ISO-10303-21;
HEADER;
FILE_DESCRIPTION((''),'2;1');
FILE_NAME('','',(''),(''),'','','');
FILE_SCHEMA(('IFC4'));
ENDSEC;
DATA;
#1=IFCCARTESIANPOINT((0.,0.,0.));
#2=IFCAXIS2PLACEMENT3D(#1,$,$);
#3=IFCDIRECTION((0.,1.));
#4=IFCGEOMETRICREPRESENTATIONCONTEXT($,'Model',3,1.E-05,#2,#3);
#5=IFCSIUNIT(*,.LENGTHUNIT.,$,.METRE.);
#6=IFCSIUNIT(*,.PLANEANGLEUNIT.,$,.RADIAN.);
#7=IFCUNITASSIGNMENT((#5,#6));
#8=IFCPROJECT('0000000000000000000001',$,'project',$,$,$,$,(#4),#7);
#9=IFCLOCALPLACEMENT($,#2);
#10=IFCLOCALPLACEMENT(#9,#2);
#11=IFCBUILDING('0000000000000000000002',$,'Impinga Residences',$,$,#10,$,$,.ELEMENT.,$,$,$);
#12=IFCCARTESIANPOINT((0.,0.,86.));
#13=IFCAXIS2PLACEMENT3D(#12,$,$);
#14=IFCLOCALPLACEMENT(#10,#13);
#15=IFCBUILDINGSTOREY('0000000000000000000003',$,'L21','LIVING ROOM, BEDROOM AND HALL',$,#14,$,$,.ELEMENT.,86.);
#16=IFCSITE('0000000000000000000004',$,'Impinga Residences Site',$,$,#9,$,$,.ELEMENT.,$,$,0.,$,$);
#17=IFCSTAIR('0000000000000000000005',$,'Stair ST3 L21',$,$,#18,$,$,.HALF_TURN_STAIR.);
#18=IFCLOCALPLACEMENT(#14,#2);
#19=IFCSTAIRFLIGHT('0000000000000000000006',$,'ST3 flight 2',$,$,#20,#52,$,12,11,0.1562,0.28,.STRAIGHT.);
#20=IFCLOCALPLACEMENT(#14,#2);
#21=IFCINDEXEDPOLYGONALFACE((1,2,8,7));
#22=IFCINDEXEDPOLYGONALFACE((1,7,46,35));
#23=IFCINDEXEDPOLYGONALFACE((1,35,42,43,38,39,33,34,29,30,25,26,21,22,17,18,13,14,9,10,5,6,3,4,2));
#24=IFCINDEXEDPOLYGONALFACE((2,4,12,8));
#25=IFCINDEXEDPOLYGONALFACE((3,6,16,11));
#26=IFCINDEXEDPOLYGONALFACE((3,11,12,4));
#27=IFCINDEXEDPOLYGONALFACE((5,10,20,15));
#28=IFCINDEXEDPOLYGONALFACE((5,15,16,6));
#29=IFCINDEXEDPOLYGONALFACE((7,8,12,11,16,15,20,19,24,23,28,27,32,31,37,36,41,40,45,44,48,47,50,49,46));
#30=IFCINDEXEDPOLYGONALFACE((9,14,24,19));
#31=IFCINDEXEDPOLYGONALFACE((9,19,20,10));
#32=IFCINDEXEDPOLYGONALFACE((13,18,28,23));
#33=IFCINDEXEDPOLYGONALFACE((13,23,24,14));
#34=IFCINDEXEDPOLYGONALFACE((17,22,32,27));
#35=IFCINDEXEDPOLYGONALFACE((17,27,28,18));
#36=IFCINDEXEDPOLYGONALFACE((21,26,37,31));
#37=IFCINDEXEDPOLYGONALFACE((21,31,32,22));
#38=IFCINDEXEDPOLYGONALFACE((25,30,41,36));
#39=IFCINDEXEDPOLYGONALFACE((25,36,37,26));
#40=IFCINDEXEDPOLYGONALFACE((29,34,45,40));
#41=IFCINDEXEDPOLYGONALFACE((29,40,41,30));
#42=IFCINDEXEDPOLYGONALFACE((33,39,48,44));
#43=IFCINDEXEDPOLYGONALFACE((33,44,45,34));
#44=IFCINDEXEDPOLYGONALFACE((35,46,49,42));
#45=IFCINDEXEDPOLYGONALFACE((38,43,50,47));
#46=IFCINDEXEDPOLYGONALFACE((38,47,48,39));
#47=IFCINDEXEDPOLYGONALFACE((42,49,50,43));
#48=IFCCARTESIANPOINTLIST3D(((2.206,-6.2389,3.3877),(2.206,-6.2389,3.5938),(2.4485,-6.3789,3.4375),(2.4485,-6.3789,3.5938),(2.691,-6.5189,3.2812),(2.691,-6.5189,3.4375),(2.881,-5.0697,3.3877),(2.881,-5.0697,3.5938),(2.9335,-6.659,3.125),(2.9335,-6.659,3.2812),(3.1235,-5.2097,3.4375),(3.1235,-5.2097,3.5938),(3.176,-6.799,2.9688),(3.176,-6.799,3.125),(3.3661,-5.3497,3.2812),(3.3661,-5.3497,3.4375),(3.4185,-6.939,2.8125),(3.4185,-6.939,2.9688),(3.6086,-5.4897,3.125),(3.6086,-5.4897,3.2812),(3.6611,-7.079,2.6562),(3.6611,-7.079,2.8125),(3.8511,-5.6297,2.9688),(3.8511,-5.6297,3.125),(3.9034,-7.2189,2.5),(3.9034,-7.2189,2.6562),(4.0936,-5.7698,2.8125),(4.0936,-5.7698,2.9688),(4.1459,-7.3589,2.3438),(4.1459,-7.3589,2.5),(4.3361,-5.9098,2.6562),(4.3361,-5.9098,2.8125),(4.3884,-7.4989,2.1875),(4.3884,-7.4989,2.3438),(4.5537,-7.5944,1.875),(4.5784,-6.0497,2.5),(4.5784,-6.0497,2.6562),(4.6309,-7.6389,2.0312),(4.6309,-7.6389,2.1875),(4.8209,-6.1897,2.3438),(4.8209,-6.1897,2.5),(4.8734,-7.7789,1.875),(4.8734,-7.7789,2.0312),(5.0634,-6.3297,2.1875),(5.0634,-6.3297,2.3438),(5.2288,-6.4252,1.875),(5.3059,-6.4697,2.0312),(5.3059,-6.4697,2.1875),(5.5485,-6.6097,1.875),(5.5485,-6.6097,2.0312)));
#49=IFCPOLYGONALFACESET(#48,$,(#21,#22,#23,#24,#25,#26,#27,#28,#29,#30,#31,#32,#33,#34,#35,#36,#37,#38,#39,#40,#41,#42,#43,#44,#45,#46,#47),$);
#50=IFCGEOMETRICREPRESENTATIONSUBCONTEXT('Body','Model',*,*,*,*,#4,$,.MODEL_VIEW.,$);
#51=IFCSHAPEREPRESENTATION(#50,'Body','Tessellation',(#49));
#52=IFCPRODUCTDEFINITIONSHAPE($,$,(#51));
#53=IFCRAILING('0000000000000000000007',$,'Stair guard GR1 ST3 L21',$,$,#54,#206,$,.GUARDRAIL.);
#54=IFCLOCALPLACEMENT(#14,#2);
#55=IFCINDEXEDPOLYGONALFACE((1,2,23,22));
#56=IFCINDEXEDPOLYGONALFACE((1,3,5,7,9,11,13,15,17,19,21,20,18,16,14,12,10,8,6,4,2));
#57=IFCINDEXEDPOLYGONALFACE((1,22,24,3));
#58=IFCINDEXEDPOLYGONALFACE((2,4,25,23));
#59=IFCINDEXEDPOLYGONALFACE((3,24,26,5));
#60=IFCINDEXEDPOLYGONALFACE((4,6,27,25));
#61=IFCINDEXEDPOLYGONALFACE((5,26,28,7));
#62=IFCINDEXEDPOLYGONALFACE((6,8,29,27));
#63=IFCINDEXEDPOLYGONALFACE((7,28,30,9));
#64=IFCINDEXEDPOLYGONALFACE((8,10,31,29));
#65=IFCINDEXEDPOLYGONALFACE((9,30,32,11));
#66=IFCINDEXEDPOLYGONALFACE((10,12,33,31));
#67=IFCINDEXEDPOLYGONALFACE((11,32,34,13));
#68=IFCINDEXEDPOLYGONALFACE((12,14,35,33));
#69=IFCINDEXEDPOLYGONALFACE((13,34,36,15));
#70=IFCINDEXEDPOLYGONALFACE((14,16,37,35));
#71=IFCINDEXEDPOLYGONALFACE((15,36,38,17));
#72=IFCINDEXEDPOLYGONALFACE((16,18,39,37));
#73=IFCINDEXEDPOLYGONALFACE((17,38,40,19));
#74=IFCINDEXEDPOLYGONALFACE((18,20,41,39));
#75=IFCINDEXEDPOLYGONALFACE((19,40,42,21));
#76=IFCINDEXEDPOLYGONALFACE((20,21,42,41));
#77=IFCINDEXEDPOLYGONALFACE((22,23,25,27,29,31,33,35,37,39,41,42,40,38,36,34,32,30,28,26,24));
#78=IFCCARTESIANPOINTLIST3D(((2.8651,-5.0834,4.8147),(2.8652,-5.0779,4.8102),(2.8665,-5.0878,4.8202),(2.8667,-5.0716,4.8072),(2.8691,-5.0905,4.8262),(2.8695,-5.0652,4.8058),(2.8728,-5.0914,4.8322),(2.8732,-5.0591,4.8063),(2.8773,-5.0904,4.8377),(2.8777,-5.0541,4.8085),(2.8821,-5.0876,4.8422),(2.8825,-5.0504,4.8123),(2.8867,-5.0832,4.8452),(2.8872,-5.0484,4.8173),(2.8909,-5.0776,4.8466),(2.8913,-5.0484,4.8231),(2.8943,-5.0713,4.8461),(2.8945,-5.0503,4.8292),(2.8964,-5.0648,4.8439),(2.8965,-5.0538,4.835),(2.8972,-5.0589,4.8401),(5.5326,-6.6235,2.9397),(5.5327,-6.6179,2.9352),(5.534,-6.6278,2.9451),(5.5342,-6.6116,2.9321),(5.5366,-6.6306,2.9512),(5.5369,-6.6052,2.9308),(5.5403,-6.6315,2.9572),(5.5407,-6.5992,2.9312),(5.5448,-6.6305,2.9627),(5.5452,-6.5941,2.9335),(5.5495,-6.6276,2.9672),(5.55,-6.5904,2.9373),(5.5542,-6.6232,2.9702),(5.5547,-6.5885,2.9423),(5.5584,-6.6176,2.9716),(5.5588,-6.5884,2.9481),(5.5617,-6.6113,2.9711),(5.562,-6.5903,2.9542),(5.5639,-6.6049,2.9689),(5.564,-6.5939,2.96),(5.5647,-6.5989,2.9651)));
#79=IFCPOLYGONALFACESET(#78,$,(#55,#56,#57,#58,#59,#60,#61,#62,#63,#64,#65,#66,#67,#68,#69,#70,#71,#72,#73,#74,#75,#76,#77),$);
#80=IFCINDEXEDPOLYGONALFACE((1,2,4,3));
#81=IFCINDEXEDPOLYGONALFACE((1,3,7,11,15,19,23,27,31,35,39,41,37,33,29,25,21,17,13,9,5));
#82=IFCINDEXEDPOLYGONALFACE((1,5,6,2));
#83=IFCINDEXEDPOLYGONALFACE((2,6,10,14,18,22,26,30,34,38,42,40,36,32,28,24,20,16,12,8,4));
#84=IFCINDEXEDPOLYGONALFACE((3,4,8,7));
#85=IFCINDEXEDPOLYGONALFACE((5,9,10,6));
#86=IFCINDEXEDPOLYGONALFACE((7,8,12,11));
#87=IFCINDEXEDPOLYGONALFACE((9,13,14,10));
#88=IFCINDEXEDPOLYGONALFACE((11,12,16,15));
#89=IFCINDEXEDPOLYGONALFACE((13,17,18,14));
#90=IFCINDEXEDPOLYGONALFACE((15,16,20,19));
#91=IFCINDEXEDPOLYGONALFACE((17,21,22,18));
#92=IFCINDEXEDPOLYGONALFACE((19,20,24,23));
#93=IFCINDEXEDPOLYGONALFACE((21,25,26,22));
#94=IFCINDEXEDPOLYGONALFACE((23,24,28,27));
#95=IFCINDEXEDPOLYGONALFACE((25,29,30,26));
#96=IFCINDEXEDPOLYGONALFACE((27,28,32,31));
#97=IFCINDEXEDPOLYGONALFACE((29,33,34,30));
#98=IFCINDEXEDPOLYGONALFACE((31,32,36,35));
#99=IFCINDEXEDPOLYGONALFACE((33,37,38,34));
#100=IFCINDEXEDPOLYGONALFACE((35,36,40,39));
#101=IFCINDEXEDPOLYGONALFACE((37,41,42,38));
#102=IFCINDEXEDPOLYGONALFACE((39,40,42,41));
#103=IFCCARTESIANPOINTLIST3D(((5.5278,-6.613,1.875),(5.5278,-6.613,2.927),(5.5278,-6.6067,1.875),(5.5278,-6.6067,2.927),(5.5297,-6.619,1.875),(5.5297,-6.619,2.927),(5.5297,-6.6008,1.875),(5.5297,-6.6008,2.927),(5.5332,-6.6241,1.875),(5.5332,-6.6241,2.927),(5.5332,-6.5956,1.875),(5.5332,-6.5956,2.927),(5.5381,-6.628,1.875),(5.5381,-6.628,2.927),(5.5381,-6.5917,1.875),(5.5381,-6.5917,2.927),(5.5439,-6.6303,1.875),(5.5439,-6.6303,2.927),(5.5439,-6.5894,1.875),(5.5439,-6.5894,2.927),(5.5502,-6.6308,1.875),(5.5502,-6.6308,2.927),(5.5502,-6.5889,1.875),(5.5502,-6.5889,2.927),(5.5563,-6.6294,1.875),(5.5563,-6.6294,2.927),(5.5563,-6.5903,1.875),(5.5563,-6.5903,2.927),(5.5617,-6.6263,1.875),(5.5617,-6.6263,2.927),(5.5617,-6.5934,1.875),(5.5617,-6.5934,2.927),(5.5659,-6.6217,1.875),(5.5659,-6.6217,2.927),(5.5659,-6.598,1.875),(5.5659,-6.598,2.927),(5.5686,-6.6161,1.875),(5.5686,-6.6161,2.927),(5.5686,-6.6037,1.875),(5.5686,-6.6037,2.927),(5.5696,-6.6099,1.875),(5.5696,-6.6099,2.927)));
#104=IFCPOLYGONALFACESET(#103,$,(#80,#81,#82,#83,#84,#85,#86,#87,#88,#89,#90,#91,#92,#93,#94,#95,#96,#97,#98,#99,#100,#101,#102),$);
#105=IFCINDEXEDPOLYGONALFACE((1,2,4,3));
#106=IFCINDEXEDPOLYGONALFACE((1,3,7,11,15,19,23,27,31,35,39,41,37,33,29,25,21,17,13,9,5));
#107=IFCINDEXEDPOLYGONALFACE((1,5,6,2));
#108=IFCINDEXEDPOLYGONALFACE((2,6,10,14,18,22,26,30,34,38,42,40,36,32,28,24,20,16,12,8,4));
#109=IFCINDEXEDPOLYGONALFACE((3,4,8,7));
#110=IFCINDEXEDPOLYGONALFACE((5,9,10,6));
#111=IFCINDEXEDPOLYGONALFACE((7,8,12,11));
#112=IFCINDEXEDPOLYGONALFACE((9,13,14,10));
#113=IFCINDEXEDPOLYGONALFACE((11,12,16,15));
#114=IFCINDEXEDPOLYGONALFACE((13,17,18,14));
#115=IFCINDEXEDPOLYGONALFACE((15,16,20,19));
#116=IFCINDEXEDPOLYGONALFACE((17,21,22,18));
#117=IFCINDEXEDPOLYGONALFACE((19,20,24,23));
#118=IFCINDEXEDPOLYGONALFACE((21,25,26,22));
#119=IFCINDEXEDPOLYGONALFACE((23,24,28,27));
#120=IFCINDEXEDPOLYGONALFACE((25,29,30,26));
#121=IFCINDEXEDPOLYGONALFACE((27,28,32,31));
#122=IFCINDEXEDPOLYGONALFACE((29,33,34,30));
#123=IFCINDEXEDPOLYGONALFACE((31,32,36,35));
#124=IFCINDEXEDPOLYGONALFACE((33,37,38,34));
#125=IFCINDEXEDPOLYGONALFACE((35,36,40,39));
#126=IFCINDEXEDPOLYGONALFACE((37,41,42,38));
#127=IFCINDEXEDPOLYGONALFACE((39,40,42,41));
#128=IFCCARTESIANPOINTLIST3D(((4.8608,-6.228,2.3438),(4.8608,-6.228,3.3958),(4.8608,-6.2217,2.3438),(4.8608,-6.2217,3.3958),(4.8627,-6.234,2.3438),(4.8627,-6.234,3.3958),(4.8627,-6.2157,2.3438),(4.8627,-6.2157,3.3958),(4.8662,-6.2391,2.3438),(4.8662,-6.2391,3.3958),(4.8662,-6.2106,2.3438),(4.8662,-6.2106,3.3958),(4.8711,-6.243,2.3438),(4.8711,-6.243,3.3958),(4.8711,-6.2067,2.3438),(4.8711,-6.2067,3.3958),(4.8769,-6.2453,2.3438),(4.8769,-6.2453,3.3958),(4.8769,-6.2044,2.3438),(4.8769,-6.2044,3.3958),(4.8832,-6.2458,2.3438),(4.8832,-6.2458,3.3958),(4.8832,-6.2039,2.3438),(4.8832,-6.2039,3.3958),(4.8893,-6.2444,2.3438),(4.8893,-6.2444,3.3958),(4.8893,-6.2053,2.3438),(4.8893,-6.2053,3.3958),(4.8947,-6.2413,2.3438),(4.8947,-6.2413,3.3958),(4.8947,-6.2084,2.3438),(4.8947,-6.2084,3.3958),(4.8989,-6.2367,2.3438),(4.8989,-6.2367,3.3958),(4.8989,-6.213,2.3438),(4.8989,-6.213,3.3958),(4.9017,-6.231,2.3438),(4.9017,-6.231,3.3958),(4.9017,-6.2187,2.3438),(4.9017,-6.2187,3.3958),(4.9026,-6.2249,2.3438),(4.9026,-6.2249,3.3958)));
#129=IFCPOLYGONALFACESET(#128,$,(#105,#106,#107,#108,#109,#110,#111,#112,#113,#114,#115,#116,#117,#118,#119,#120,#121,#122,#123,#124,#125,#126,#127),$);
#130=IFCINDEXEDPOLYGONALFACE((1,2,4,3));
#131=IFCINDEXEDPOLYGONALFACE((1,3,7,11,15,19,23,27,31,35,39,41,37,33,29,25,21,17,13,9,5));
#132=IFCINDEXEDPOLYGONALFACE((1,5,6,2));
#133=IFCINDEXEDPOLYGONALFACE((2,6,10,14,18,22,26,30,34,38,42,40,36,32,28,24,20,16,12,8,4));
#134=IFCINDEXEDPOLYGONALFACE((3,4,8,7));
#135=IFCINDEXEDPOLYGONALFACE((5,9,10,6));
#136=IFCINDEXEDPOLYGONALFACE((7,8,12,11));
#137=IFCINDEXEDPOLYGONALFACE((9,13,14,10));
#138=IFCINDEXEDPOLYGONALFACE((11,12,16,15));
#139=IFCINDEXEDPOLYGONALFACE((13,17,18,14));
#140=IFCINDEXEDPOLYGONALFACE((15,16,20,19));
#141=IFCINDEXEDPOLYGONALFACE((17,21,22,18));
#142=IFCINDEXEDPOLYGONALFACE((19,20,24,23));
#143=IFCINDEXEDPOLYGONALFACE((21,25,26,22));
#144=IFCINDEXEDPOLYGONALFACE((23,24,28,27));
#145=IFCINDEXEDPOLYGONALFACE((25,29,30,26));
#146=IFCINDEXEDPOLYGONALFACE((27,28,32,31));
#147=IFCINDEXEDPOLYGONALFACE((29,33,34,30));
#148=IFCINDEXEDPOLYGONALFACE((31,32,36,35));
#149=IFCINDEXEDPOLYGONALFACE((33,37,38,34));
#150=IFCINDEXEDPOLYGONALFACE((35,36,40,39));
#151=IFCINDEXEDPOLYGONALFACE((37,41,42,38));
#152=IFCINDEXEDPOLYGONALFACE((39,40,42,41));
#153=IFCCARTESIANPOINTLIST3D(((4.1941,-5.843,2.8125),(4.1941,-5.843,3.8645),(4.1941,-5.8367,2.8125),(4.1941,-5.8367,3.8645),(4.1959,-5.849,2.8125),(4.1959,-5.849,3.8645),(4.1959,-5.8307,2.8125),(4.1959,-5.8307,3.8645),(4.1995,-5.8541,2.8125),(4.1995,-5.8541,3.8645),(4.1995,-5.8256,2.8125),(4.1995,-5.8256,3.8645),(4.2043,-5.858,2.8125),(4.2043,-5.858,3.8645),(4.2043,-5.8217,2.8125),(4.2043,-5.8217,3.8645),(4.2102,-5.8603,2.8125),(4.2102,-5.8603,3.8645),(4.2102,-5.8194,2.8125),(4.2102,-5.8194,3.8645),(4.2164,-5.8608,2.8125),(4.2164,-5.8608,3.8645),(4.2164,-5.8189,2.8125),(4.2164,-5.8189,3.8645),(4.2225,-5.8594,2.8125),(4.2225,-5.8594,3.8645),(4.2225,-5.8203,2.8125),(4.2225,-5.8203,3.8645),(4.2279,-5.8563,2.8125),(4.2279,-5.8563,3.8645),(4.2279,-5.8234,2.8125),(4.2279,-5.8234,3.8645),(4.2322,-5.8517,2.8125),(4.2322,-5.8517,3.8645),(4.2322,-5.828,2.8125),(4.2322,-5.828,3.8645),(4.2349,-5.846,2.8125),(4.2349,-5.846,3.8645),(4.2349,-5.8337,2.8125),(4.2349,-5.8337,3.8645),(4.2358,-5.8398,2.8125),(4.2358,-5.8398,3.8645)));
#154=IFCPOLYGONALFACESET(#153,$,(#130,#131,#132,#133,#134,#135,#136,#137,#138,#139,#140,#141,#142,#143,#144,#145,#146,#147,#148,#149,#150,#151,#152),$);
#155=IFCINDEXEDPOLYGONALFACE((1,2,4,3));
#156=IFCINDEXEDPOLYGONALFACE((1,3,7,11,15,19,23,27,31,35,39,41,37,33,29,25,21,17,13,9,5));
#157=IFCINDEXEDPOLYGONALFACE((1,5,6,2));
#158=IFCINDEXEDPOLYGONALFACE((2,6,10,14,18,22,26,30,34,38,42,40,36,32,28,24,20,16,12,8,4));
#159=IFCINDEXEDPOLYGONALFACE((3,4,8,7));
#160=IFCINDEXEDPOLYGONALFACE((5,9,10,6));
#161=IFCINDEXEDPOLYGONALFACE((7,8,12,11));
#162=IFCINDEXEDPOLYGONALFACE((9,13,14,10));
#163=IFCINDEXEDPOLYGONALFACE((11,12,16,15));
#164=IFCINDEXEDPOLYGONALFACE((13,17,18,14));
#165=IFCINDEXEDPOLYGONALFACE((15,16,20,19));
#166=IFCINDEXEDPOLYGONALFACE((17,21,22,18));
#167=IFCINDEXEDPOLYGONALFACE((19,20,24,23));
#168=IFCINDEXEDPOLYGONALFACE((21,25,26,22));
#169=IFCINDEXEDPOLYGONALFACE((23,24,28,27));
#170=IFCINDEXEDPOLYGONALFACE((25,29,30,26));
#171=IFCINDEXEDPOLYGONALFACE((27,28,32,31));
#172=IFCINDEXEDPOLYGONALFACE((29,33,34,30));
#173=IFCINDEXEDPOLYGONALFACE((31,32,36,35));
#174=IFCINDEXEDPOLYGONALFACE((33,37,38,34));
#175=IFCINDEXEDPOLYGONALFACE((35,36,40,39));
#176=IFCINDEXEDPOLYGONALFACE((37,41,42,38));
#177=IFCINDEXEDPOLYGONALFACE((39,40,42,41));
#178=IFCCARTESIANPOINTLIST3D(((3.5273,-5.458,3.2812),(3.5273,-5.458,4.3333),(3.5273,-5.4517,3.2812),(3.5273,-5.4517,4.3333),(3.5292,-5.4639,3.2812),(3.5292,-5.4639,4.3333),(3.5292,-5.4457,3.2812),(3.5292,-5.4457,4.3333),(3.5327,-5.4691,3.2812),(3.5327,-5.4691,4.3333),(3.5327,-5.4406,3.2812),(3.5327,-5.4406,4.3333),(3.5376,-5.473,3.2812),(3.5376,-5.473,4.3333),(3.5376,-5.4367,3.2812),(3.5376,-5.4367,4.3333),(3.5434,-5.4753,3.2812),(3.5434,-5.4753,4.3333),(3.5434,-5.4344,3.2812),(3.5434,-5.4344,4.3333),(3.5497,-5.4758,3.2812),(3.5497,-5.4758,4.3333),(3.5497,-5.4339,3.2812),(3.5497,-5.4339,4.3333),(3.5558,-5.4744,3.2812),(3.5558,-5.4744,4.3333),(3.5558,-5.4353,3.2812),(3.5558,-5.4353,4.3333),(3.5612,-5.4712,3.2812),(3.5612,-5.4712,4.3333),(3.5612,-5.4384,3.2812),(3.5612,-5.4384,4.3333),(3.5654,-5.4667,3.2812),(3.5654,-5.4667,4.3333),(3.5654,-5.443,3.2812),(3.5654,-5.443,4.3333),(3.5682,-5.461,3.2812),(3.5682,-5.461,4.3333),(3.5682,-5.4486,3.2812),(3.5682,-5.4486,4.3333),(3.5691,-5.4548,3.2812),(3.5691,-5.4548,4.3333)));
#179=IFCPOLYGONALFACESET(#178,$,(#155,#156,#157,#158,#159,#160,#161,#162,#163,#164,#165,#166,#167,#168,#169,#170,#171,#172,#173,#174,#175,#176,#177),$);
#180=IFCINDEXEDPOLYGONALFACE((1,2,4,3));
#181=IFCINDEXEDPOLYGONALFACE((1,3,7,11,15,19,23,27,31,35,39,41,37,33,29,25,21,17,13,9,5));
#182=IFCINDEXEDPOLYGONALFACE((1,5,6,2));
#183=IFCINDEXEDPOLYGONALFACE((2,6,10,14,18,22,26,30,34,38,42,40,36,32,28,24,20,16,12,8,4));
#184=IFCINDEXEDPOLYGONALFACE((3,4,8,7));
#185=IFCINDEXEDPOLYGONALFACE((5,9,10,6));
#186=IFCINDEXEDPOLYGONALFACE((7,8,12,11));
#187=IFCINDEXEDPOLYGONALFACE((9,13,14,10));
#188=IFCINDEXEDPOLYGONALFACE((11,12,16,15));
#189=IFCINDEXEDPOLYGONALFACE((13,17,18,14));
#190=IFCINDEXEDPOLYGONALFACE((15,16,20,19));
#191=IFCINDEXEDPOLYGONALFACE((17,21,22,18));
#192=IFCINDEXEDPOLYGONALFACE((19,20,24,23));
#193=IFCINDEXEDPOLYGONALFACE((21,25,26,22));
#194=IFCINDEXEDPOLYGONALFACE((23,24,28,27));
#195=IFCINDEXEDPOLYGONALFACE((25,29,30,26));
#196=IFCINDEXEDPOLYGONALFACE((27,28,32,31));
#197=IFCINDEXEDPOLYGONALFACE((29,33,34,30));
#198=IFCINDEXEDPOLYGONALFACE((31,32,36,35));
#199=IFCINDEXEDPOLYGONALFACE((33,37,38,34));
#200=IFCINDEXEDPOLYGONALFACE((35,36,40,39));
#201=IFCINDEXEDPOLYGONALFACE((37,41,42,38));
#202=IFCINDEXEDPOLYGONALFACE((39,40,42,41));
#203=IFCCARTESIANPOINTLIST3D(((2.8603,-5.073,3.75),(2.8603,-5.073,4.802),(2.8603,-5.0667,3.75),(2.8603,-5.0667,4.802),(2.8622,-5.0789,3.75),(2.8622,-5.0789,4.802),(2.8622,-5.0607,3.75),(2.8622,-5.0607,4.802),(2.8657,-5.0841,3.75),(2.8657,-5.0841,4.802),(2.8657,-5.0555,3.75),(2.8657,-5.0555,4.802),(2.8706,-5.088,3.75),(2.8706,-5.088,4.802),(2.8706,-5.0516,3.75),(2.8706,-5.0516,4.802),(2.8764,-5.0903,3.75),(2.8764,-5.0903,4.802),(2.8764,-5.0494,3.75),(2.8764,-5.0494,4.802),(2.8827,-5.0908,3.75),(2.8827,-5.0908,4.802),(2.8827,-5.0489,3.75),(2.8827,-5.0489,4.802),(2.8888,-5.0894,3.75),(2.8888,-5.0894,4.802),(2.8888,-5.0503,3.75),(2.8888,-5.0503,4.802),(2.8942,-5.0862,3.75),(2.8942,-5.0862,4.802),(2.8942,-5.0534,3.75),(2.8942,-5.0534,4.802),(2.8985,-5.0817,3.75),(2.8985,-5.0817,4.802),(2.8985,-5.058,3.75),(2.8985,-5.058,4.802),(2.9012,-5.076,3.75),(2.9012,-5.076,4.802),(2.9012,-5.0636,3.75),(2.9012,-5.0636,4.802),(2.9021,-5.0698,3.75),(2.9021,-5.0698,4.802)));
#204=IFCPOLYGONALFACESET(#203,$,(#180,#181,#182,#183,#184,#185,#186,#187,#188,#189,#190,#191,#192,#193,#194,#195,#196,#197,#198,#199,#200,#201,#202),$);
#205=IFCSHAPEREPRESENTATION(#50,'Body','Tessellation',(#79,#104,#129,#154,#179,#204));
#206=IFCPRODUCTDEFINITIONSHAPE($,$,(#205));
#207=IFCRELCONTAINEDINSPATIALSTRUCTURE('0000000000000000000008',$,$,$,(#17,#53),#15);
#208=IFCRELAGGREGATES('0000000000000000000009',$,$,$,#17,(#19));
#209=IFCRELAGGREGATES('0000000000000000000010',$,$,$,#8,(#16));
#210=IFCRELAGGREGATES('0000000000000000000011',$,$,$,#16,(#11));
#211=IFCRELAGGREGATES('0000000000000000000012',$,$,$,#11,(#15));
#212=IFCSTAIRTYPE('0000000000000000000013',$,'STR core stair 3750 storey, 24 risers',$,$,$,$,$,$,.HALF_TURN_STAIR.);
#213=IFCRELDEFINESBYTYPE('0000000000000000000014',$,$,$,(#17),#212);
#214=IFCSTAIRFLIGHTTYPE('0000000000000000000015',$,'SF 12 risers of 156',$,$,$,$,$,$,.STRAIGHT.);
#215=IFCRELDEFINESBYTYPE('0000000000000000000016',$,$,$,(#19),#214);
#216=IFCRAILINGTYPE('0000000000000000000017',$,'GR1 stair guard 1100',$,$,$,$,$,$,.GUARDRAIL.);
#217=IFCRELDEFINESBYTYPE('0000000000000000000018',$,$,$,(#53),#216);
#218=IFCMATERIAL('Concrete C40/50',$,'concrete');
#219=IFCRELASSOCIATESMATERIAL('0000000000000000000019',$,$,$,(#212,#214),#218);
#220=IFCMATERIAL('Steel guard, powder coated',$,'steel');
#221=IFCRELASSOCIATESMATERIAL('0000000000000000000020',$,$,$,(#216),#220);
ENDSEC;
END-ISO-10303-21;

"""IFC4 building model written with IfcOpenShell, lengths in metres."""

from ifc_helpers import new_model, si_unit, direction, frame, origin, origin_2d, place, context, subcontext, project, spatial, polyline, circle, outline, extrude, material, type_object, element, aggregate, save


model = new_model("IFC4")

# Units and contexts
model_context = context("Model", 3, precision=1e-05, world=origin(), true_north=direction((0.0, 1.0)))
body_context = subcontext(model_context, "Body", "Model", "MODEL_VIEW")
ifc_project = project(units=[si_unit("LENGTHUNIT", "METRE"), si_unit("PLANEANGLEUNIT", "RADIAN")], contexts=[model_context])

# Site, building, storey
site_placement = place(None, origin())
site = spatial("IfcSite", under=ifc_project, at=site_placement, Name="Impinga Residences Site", CompositionType="ELEMENT", RefElevation=0.0)
building_placement = place(site_placement, origin())
building = spatial("IfcBuilding", under=site, at=building_placement, Name="Impinga Residences", CompositionType="ELEMENT")
storey_placement = place(building_placement, frame((0.0, 0.0, 86.0)))
storey = spatial("IfcBuildingStorey", under=building, at=storey_placement, Name="L21", Description="LIVING ROOM, BEDROOM AND HALL", CompositionType="ELEMENT", Elevation=86.0)

# Stair, stair flight
ifc_material_1 = material(Name="Concrete C40/50", Category="concrete")
stair_type = type_object("IfcStairType", Name="STR core stair 3750 storey, 24 risers", PredefinedType="HALF_TURN_STAIR", material=ifc_material_1)
stair_placement = place(storey_placement, origin())
stair = element("IfcStair", 1, at=stair_placement, inside=storey, type_object=stair_type, Name="Stair ST3 L21", PredefinedType="HALF_TURN_STAIR")
stair_flight_type = type_object("IfcStairFlightType", Name="SF 12 risers of 156", PredefinedType="STRAIGHT", material=ifc_material_1)
stair_flight_placement = place(storey_placement, frame((5.2109, -7.1943, 1.875), z_axis=(0.0, 0.0, 1.0), x_axis=(-0.866025, 0.5, 0.0)))
stair_flight = element("IfcStairFlight", 2, at=stair_flight_placement, type_object=stair_flight_type, Name="ST3 flight 2", NumberOfRisers=12, NumberOfTreads=11, PredefinedType="STRAIGHT", RiserHeight=0.1562, TreadLength=0.28, context=body_context, shape_type="SweptSolid", body=[
    extrude(outline(polyline([(0.0, 0.0), (0.0, 0.1562), (0.28, 0.1562), (0.28, 0.3125), (0.5601, 0.3125), (0.5601, 0.4688), (0.8401, 0.4688), (0.8401, 0.625), (1.1201, 0.625), (1.1201, 0.7812), (1.3999, 0.7812), (1.3999, 0.9375), (1.6799, 0.9375), (1.6799, 1.0938), (1.96, 1.0938), (1.96, 1.25), (2.24, 1.25), (2.24, 1.4062), (2.52, 1.4062), (2.52, 1.5625), (2.8, 1.5625), (2.8, 1.7188), (3.0801, 1.7188), (3.0801, 1.875), (3.0801, 1.5127), (0.3691, 0.0), (0.0, 0.0)])), frame((0.0, 0.675, 0.0), z_axis=(0.0, -1.0, 0.0), x_axis=(1.0, 0.0, 0.0)), (0.0, 0.0, 1.0), 1.3501),
])
aggregate(stair, [stair_flight])

# Railing
ifc_material_2 = material(Name="Steel guard, powder coated", Category="steel")
railing_type_1 = type_object("IfcRailingType", Name="GR1 stair guard 1100", PredefinedType="GUARDRAIL", material=ifc_material_2)
railing_1_placement = place(storey_placement, frame((5.5486, -6.6099, 1.875)))
element("IfcRailing", 3, at=railing_1_placement, inside=storey, type_object=railing_type_1, Name="Stair guard GR1 ST3 L21", PredefinedType="GUARDRAIL", context=body_context, shape_type="SweptSolid", body=[
    extrude(circle(Radius=0.0239, at=origin_2d()), frame((0.0, 0.0, 1.0762), z_axis=(-0.739746, 0.427084, 0.519975), x_axis=(-0.499992, -0.86603, 0.0)), (0.0, 0.0, 1.0), 3.606),
    extrude(circle(Radius=0.021, at=origin_2d()), origin(), (0.0, 0.0, 1.0), 1.052),
    extrude(circle(Radius=0.021, at=origin_2d()), frame((-0.667, 0.385, 0.4688)), (0.0, 0.0, 1.0), 1.052),
    extrude(circle(Radius=0.021, at=origin_2d()), frame((-1.3337, 0.77, 0.9375)), (0.0, 0.0, 1.0), 1.052),
    extrude(circle(Radius=0.021, at=origin_2d()), frame((-2.0005, 1.155, 1.4062)), (0.0, 0.0, 1.0), 1.052),
    extrude(circle(Radius=0.021, at=origin_2d()), frame((-2.6675, 1.54, 1.875)), (0.0, 0.0, 1.0), 1.052),
])

save(model, "model.ifc")
